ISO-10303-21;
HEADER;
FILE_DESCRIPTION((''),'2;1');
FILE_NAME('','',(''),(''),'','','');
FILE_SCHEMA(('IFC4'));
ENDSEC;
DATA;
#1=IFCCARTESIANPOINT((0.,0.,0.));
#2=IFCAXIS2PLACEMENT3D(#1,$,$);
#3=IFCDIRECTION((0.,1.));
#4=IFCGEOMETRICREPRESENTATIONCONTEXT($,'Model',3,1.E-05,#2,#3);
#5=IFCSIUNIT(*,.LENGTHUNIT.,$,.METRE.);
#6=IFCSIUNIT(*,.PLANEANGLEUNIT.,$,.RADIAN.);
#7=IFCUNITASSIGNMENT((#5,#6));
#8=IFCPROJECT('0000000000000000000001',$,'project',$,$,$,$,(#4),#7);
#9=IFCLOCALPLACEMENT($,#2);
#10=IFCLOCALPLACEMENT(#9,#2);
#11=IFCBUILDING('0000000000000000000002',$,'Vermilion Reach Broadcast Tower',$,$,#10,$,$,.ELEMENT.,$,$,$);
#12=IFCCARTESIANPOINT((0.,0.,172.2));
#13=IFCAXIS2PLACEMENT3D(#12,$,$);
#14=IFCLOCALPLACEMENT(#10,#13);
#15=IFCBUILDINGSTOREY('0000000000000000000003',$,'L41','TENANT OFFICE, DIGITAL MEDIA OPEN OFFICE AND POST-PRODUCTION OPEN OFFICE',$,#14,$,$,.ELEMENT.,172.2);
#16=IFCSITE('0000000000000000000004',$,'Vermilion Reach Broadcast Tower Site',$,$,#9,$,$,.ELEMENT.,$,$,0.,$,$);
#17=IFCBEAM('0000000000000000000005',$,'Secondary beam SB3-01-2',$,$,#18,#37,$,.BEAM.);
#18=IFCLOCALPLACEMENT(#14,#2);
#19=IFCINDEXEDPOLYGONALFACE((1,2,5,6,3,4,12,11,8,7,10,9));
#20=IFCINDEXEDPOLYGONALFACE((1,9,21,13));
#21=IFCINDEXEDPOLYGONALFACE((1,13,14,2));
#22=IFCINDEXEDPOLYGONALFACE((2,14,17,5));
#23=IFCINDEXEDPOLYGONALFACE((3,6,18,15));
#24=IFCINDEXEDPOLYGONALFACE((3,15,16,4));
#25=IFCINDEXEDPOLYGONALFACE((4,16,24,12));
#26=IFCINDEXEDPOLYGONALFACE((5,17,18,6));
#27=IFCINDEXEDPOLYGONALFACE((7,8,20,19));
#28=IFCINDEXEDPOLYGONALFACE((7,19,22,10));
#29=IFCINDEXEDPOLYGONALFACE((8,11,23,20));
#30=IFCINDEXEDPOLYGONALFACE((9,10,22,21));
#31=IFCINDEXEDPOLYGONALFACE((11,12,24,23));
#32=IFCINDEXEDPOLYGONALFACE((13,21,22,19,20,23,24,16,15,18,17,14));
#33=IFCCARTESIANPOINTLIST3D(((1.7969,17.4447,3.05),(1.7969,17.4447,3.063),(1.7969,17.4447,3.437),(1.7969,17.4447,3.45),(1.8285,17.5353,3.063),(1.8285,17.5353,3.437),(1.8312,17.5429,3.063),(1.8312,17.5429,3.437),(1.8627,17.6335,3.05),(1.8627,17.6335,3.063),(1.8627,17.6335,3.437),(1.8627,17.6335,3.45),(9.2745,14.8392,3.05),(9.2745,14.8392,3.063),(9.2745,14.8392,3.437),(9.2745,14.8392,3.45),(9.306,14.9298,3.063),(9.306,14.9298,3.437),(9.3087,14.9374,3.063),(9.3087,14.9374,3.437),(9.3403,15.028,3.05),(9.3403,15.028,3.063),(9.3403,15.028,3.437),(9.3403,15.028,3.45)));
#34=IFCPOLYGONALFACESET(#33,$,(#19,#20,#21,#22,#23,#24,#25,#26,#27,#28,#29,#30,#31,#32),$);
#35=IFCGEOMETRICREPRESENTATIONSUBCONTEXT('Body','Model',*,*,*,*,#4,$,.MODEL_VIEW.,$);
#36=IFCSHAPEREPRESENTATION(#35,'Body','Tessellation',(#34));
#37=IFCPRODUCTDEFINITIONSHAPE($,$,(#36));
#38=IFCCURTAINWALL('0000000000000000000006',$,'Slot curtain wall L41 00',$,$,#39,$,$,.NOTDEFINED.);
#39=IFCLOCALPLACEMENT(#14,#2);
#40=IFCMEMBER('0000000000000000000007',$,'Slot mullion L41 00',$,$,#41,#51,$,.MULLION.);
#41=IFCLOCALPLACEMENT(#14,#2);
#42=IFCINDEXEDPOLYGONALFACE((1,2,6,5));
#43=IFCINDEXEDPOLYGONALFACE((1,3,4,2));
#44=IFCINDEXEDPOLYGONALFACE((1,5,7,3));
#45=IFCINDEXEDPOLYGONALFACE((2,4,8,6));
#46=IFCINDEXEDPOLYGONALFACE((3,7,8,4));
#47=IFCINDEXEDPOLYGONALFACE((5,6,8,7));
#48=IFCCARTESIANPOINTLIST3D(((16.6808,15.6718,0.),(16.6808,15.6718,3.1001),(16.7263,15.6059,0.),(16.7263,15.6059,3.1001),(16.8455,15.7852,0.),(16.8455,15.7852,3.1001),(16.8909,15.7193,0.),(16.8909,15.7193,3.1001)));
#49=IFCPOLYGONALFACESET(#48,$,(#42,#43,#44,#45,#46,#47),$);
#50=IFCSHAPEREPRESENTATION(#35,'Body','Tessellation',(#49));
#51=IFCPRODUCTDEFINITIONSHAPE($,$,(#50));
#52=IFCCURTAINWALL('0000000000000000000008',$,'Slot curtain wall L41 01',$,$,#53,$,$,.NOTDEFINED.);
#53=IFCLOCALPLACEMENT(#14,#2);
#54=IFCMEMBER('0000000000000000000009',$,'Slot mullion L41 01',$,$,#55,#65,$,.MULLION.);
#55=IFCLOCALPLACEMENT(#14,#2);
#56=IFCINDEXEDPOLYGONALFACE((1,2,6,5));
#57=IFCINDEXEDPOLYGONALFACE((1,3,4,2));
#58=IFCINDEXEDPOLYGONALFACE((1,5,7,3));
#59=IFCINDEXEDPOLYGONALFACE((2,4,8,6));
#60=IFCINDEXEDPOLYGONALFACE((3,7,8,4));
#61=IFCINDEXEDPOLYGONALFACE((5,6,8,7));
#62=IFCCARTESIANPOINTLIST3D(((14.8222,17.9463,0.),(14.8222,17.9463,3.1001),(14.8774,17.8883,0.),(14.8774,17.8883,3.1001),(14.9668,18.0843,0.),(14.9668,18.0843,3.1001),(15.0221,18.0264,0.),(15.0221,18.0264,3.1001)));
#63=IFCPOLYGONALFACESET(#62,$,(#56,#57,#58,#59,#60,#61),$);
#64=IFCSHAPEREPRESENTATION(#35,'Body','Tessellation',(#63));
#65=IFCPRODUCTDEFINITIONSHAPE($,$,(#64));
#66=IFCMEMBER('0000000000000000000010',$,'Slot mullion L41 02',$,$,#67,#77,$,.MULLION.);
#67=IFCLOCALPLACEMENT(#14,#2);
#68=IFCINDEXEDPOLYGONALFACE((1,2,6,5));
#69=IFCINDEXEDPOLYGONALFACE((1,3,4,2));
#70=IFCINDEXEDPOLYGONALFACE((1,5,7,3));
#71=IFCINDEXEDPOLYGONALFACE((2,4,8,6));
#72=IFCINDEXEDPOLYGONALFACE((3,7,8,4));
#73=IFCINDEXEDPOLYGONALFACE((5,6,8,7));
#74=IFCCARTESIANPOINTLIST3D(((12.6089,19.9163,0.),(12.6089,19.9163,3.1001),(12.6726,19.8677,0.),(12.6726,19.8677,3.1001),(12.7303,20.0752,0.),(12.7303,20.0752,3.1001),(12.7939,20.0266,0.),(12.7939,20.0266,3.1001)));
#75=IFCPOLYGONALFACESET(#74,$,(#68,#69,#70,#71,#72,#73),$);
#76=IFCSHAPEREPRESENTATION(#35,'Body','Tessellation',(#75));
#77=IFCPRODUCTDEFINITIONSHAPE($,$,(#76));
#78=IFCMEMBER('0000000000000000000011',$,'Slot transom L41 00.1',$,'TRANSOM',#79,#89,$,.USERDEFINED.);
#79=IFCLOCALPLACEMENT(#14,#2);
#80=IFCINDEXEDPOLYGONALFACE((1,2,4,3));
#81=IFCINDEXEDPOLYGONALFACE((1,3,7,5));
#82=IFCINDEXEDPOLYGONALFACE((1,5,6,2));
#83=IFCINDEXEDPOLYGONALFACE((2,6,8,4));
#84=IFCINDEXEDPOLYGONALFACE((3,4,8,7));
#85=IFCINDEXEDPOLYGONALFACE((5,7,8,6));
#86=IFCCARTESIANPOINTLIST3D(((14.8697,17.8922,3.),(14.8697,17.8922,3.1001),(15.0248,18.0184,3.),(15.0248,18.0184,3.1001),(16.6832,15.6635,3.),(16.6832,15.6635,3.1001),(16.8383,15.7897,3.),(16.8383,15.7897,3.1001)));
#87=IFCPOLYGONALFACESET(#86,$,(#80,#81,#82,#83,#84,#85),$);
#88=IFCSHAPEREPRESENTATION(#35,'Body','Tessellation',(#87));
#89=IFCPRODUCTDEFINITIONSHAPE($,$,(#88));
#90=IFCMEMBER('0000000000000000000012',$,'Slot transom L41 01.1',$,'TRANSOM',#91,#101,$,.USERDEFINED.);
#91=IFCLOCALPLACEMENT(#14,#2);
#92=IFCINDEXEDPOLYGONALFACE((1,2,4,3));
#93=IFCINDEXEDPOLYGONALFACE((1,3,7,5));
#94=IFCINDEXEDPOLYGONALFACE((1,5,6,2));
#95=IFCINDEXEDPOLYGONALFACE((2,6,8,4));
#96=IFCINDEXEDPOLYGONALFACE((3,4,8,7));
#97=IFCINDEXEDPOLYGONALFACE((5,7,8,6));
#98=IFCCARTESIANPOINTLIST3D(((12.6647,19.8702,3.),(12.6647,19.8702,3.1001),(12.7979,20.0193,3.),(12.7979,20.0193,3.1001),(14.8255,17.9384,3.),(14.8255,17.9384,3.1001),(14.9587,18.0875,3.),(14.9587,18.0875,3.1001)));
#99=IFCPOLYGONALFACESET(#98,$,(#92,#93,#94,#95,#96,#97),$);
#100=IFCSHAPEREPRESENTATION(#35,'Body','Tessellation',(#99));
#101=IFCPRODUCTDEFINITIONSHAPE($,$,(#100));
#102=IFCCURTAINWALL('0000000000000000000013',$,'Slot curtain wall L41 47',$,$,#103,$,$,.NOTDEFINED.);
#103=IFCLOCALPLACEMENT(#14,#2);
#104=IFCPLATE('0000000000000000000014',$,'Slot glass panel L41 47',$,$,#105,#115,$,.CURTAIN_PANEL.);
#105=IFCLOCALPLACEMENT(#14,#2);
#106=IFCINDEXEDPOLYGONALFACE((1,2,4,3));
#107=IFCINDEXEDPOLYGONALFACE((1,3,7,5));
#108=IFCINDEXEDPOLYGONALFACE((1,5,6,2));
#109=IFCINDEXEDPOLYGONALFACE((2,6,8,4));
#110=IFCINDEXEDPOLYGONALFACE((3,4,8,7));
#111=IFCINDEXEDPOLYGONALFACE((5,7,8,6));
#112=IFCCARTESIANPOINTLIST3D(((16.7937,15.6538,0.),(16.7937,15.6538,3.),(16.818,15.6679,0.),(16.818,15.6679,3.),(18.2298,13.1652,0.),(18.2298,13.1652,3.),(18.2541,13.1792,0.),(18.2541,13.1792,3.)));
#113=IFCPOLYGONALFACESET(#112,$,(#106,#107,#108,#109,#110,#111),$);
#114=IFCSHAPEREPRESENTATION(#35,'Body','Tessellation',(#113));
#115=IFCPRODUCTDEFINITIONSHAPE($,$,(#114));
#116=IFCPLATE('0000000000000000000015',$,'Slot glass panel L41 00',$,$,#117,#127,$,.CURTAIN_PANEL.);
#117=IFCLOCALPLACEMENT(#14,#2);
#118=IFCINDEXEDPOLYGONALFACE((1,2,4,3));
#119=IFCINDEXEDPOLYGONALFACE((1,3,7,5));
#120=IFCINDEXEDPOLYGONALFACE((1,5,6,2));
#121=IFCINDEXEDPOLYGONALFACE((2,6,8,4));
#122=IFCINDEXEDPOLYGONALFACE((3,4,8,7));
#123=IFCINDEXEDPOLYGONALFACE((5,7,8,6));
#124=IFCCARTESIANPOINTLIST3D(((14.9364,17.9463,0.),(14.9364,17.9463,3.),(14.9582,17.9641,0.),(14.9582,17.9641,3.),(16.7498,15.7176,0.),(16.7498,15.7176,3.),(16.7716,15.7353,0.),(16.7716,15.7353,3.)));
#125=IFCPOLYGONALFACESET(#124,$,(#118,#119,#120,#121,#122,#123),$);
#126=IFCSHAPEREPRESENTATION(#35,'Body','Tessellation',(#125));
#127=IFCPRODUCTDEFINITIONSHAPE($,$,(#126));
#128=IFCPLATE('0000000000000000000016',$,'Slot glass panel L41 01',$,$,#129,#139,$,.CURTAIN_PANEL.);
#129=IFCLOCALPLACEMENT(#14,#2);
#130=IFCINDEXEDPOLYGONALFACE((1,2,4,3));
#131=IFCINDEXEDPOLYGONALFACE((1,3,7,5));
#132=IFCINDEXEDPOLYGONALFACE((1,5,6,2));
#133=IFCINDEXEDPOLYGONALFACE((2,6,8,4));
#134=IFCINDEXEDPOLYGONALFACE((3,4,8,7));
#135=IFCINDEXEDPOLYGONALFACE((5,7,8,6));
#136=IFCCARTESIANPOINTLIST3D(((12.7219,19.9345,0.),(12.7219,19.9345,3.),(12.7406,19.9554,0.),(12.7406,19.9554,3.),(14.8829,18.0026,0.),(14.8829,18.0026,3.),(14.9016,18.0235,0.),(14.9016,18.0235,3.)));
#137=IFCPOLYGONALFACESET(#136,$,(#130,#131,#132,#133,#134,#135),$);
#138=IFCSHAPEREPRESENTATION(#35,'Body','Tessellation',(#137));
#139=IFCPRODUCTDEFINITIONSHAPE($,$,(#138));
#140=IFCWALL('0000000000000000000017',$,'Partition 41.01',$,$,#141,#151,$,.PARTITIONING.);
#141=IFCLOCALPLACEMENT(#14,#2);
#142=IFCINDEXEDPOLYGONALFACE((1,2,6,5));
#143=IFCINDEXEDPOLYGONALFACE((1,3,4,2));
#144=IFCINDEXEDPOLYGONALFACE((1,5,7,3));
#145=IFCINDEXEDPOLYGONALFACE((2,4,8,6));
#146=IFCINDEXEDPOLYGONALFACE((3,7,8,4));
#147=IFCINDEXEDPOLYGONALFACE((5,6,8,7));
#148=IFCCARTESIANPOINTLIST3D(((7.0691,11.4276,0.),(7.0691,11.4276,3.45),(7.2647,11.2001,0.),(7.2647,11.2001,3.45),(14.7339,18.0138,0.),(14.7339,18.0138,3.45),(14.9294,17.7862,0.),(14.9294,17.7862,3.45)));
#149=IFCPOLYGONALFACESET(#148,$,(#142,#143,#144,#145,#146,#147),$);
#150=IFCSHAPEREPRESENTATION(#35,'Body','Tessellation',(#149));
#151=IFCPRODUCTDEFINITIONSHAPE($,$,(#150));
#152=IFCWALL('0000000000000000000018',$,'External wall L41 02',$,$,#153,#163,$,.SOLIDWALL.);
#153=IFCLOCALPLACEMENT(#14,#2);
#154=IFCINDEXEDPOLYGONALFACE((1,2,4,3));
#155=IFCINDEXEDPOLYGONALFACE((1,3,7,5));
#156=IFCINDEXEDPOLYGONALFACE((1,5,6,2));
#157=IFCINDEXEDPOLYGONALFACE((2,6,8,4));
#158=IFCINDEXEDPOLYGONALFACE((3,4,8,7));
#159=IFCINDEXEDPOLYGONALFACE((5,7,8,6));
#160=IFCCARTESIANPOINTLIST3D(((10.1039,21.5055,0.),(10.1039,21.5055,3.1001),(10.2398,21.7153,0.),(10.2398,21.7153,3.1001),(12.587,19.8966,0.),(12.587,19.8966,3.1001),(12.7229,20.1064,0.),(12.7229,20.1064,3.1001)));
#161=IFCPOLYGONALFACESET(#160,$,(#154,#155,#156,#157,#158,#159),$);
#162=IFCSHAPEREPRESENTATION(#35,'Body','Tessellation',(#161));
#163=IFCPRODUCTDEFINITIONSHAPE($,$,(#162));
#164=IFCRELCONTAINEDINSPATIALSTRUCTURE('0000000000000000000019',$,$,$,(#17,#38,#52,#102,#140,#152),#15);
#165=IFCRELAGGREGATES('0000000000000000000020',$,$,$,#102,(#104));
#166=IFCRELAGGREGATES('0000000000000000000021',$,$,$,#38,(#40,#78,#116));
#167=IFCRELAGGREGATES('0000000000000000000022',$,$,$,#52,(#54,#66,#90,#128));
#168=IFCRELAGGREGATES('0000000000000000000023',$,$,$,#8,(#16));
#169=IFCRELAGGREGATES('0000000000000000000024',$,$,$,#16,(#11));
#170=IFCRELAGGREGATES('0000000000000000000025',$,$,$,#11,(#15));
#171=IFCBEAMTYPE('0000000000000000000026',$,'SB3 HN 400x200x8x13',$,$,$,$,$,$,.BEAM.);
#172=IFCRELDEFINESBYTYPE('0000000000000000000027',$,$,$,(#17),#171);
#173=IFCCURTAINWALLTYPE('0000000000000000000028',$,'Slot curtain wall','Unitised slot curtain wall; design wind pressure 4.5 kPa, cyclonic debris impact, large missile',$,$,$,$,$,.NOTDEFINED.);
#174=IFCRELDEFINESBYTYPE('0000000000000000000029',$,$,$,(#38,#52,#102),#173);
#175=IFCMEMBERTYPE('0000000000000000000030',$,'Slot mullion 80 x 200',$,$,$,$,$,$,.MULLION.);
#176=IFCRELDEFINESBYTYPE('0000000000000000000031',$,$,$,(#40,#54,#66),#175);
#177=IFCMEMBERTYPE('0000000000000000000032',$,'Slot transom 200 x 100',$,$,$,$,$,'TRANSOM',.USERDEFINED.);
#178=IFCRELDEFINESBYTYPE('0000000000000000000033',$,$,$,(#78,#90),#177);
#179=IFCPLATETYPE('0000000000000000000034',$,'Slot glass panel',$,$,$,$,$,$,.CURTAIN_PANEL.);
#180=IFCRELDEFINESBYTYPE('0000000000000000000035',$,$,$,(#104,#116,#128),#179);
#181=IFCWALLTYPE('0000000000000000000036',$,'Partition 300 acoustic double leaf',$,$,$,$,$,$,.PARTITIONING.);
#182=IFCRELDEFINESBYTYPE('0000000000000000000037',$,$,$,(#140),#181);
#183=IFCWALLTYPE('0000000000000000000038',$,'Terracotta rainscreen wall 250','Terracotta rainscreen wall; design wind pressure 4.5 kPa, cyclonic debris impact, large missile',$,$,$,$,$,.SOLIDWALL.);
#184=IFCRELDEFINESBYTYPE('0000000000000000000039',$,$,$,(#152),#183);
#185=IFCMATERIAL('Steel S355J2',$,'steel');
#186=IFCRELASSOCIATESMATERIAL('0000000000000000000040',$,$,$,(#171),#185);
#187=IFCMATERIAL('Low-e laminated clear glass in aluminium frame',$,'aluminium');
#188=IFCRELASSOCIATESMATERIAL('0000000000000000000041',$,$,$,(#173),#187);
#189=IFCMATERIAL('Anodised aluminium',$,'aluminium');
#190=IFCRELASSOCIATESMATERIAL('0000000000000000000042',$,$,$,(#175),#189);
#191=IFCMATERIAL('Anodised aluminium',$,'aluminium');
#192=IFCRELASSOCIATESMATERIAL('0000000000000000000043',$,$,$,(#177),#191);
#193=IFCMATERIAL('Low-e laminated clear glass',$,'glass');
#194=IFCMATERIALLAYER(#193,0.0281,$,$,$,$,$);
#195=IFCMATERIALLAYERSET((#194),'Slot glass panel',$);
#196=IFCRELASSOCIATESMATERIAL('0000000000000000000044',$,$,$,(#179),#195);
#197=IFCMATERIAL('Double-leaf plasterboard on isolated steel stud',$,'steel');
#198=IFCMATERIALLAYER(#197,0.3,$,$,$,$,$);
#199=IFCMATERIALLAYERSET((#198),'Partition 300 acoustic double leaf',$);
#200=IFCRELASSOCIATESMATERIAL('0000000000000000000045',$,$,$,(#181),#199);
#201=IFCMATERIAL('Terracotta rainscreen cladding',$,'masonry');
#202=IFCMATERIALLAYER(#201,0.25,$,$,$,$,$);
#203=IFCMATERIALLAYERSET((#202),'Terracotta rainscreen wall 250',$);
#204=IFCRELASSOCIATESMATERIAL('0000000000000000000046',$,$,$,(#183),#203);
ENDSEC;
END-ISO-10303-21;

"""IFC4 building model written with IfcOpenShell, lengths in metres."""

from ifc_helpers import new_model, si_unit, direction, frame, frame_2d, origin, origin_2d, place, context, subcontext, project, spatial, rectangle, i_section, extrude, material, layer, layer_set, material_profile, profile_set, type_object, element, aggregate, save


model = new_model("IFC4")

# Units and contexts
model_context = context("Model", 3, precision=1e-05, world=origin(), true_north=direction((0.0, 1.0)))
body_context = subcontext(model_context, "Body", "Model", "MODEL_VIEW")
ifc_project = project(units=[si_unit("LENGTHUNIT", "METRE"), si_unit("PLANEANGLEUNIT", "RADIAN")], contexts=[model_context])

# Site, building, storey
site_placement = place(None, origin())
site = spatial("IfcSite", under=ifc_project, at=site_placement, Name="Vermilion Reach Broadcast Tower Site", CompositionType="ELEMENT", RefElevation=0.0)
building_placement = place(site_placement, origin())
building = spatial("IfcBuilding", under=site, at=building_placement, Name="Vermilion Reach Broadcast Tower", CompositionType="ELEMENT")
storey_placement = place(building_placement, frame((0.0, 0.0, 172.2)))
storey = spatial("IfcBuildingStorey", under=building, at=storey_placement, Name="L41", Description="TENANT OFFICE, DIGITAL MEDIA OPEN OFFICE AND POST-PRODUCTION OPEN OFFICE", CompositionType="ELEMENT", Elevation=172.2)

# Beam
ifc_material_1 = material(Name="Steel S355J2", Category="steel")
ifc_material_profile_1 = material_profile(ifc_material_1, i_section(OverallWidth=0.2, OverallDepth=0.3999, WebThickness=0.0081, FlangeThickness=0.0129, at=origin_2d()), Name="S355J2 HN 400x200x8x13")
ifc_profile_set_1 = profile_set([ifc_material_profile_1], Name="Steel S355J2")
beam_type_1 = type_object("IfcBeamType", Name="SB3 HN 400x200x8x13", PredefinedType="BEAM", material=ifc_profile_set_1)
beam_1_placement = place(storey_placement, frame((9.3074, 14.9336, 3.25), z_axis=(-0.944317, 0.329037, 0.0), x_axis=(-0.329037, -0.944317, 0.0)))
element("IfcBeam", 1, at=beam_1_placement, inside=storey, type_object=beam_type_1, Name="Secondary beam SB3-01-2", PredefinedType="BEAM", context=body_context, shape_type="SweptSolid", body=[
    extrude(i_section(OverallWidth=0.2, OverallDepth=0.3999, WebThickness=0.0081, FlangeThickness=0.0129, at=origin_2d()), origin(), (0.0, 0.0, 1.0), 7.9185),
])

# Curtain wall, member
ifc_material_2 = material(Name="Low-e laminated clear glass in aluminium frame", Category="aluminium")
curtain_wall_type = type_object("IfcCurtainWallType", Name="Slot curtain wall", Description="Unitised slot curtain wall; design wind pressure 4.5 kPa, cyclonic debris impact, large missile", PredefinedType="NOTDEFINED", material=ifc_material_2)
placement = place(storey_placement, origin())
curtain_wall_1 = element("IfcCurtainWall", 2, at=placement, inside=storey, type_object=curtain_wall_type, Name="Slot curtain wall L41 00", PredefinedType="NOTDEFINED")
ifc_material_3 = material(Name="Anodised aluminium", Category="aluminium")
ifc_material_profile_2 = material_profile(ifc_material_3, rectangle(XDim=0.2, YDim=0.0801, at=origin_2d()), Name="Slot mullion 80 x 200")
ifc_profile_set_2 = profile_set([ifc_material_profile_2], Name="Anodised aluminium")
member_type_1 = type_object("IfcMemberType", Name="Slot mullion 80 x 200", PredefinedType="MULLION", material=ifc_profile_set_2)
member_1_placement = place(storey_placement, frame((16.7859, 15.6956, 0.0), z_axis=(0.0, 0.0, 1.0), x_axis=(-0.823533, -0.567269, 0.0)))
member_1 = element("IfcMember", 3, at=member_1_placement, type_object=member_type_1, Name="Slot mullion L41 00", PredefinedType="MULLION", context=body_context, shape_type="SweptSolid", body=[
    extrude(rectangle(XDim=0.2, YDim=0.0801, at=origin_2d()), origin(), (0.0, 0.0, 1.0), 3.1001),
])

# Curtain wall, members
curtain_wall_2 = element("IfcCurtainWall", 4, at=placement, inside=storey, type_object=curtain_wall_type, Name="Slot curtain wall L41 01", PredefinedType="NOTDEFINED")
member_2_placement = place(storey_placement, frame((14.9221, 17.9863, 0.0), z_axis=(0.0, 0.0, 1.0), x_axis=(-0.723342, -0.69049, 0.0)))
member_2 = element("IfcMember", 5, at=member_2_placement, type_object=member_type_1, Name="Slot mullion L41 01", PredefinedType="MULLION", context=body_context, shape_type="SweptSolid", body=[
    extrude(rectangle(XDim=0.2, YDim=0.0801, at=origin_2d()), origin(), (0.0, 0.0, 1.0), 3.1001),
])
member_3_placement = place(storey_placement, frame((12.7014, 19.9714, 0.0), z_axis=(0.0, 0.0, 1.0), x_axis=(-0.606912, -0.794769, 0.0)))
member_3 = element("IfcMember", 6, at=member_3_placement, type_object=member_type_1, Name="Slot mullion L41 02", PredefinedType="MULLION", context=body_context, shape_type="SweptSolid", body=[
    extrude(rectangle(XDim=0.2, YDim=0.0801, at=origin_2d()), origin(), (0.0, 0.0, 1.0), 3.1001),
])

# Members
ifc_material_4 = material(Name="Anodised aluminium", Category="aluminium")
ifc_material_profile_3 = material_profile(ifc_material_4, rectangle(XDim=0.2, YDim=0.1001, at=origin_2d()), Name="Slot transom 200 x 100")
ifc_profile_set_3 = profile_set([ifc_material_profile_3], Name="Anodised aluminium")
member_type_2 = type_object("IfcMemberType", Name="Slot transom 200 x 100", ElementType="TRANSOM", PredefinedType="USERDEFINED", material=ifc_profile_set_3)
member_4_placement = place(storey_placement, frame((16.7607, 15.7266, 3.05), z_axis=(-0.631139, 0.775669, 0.0), x_axis=(-0.775669, -0.631139, 0.0)))
member_4 = element("IfcMember", 7, at=member_4_placement, type_object=member_type_2, Name="Slot transom L41 00.1", ObjectType="TRANSOM", PredefinedType="USERDEFINED", context=body_context, shape_type="SweptSolid", body=[
    extrude(rectangle(XDim=0.2, YDim=0.1001, at=origin_2d()), origin(), (0.0, 0.0, 1.0), 2.8733),
])
member_5_placement = place(storey_placement, frame((14.8921, 18.0129, 3.05), z_axis=(-0.745506, 0.666499, 0.0), x_axis=(-0.666499, -0.745506, 0.0)))
member_5 = element("IfcMember", 8, at=member_5_placement, type_object=member_type_2, Name="Slot transom L41 01.1", ObjectType="TRANSOM", PredefinedType="USERDEFINED", context=body_context, shape_type="SweptSolid", body=[
    extrude(rectangle(XDim=0.2, YDim=0.1001, at=origin_2d()), origin(), (0.0, 0.0, 1.0), 2.8984),
])

# Curtain wall, plate
curtain_wall_3 = element("IfcCurtainWall", 9, at=placement, inside=storey, type_object=curtain_wall_type, Name="Slot curtain wall L41 47", PredefinedType="NOTDEFINED")
ifc_material_5 = material(Name="Low-e laminated clear glass", Category="glass")
ifc_layer_1 = layer(ifc_material_5, 0.0281)
ifc_layer_set_1 = layer_set([ifc_layer_1], Name="Slot glass panel")
plate_type = type_object("IfcPlateType", Name="Slot glass panel", PredefinedType="CURTAIN_PANEL", material=ifc_layer_set_1)
plate_1_placement = place(storey_placement, frame((17.5239, 14.4165, 0.0), z_axis=(0.0, 0.0, 1.0), x_axis=(-0.4998, 0.866141, 0.0)))
plate_1 = element("IfcPlate", 10, at=plate_1_placement, type_object=plate_type, Name="Slot glass panel L41 47", PredefinedType="CURTAIN_PANEL", context=body_context, shape_type="SweptSolid", body=[
    extrude(rectangle(XDim=2.8733, YDim=0.0281, at=origin_2d()), origin(), (0.0, 0.0, 1.0), 3.0),
])
aggregate(curtain_wall_3, [plate_1])

# Plates
plate_2_placement = place(storey_placement, frame((15.854, 16.8408, 0.0), z_axis=(0.0, 0.0, 1.0), x_axis=(-0.631126, 0.77568, 0.0)))
plate_2 = element("IfcPlate", 11, at=plate_2_placement, type_object=plate_type, Name="Slot glass panel L41 00", PredefinedType="CURTAIN_PANEL", context=body_context, shape_type="SweptSolid", body=[
    extrude(rectangle(XDim=2.8733, YDim=0.0281, at=origin_2d()), origin(), (0.0, 0.0, 1.0), 3.0),
])
aggregate(curtain_wall_1, [member_1, member_4, plate_2])
plate_3_placement = place(storey_placement, frame((13.8118, 18.979, 0.0), z_axis=(0.0, 0.0, 1.0), x_axis=(-0.745529, 0.666473, 0.0)))
plate_3 = element("IfcPlate", 12, at=plate_3_placement, type_object=plate_type, Name="Slot glass panel L41 01", PredefinedType="CURTAIN_PANEL", context=body_context, shape_type="SweptSolid", body=[
    extrude(rectangle(XDim=2.8987, YDim=0.0281, at=origin_2d()), origin(), (0.0, 0.0, 1.0), 3.0),
])
aggregate(curtain_wall_2, [member_2, member_3, member_5, plate_3])

# Walls
ifc_material_6 = material(Name="Double-leaf plasterboard on isolated steel stud", Category="steel")
ifc_layer_2 = layer(ifc_material_6, 0.3)
ifc_layer_set_2 = layer_set([ifc_layer_2], Name="Partition 300 acoustic double leaf")
wall_type_1 = type_object("IfcWallType", Name="Partition 300 acoustic double leaf", PredefinedType="PARTITIONING", material=ifc_layer_set_2)
wall_1_placement = place(storey_placement, frame((14.8315, 17.8999, 0.0), z_axis=(0.0, 0.0, 1.0), x_axis=(-0.758456, -0.651724, 0.0)))
element("IfcWall", 13, at=wall_1_placement, inside=storey, type_object=wall_type_1, Name="Partition 41.01", PredefinedType="PARTITIONING", context=body_context, shape_type="SweptSolid", body=[
    extrude(rectangle(XDim=10.1057, YDim=0.3, at=frame_2d((5.0527, 0.0))), origin(), (0.0, 0.0, 1.0), 3.45),
])
ifc_material_7 = material(Name="Terracotta rainscreen cladding", Category="masonry")
ifc_layer_3 = layer(ifc_material_7, 0.25)
ifc_layer_set_3 = layer_set([ifc_layer_3], Name="Terracotta rainscreen wall 250")
wall_type_2 = type_object("IfcWallType", Name="Terracotta rainscreen wall 250", Description="Terracotta rainscreen wall; design wind pressure 4.5 kPa, cyclonic debris impact, large missile", PredefinedType="SOLIDWALL", material=ifc_layer_set_3)
wall_2_placement = place(storey_placement, frame((12.655, 20.0015, 0.0), z_axis=(0.0, 0.0, 1.0), x_axis=(-0.83924, 0.543761, 0.0)))
element("IfcWall", 14, at=wall_2_placement, inside=storey, type_object=wall_type_2, Name="External wall L41 02", PredefinedType="SOLIDWALL", context=body_context, shape_type="SweptSolid", body=[
    extrude(rectangle(XDim=2.9587, YDim=0.25, at=frame_2d((1.4795, 0.0))), origin(), (0.0, 0.0, 1.0), 3.1001),
])

save(model, "model.ifc")
